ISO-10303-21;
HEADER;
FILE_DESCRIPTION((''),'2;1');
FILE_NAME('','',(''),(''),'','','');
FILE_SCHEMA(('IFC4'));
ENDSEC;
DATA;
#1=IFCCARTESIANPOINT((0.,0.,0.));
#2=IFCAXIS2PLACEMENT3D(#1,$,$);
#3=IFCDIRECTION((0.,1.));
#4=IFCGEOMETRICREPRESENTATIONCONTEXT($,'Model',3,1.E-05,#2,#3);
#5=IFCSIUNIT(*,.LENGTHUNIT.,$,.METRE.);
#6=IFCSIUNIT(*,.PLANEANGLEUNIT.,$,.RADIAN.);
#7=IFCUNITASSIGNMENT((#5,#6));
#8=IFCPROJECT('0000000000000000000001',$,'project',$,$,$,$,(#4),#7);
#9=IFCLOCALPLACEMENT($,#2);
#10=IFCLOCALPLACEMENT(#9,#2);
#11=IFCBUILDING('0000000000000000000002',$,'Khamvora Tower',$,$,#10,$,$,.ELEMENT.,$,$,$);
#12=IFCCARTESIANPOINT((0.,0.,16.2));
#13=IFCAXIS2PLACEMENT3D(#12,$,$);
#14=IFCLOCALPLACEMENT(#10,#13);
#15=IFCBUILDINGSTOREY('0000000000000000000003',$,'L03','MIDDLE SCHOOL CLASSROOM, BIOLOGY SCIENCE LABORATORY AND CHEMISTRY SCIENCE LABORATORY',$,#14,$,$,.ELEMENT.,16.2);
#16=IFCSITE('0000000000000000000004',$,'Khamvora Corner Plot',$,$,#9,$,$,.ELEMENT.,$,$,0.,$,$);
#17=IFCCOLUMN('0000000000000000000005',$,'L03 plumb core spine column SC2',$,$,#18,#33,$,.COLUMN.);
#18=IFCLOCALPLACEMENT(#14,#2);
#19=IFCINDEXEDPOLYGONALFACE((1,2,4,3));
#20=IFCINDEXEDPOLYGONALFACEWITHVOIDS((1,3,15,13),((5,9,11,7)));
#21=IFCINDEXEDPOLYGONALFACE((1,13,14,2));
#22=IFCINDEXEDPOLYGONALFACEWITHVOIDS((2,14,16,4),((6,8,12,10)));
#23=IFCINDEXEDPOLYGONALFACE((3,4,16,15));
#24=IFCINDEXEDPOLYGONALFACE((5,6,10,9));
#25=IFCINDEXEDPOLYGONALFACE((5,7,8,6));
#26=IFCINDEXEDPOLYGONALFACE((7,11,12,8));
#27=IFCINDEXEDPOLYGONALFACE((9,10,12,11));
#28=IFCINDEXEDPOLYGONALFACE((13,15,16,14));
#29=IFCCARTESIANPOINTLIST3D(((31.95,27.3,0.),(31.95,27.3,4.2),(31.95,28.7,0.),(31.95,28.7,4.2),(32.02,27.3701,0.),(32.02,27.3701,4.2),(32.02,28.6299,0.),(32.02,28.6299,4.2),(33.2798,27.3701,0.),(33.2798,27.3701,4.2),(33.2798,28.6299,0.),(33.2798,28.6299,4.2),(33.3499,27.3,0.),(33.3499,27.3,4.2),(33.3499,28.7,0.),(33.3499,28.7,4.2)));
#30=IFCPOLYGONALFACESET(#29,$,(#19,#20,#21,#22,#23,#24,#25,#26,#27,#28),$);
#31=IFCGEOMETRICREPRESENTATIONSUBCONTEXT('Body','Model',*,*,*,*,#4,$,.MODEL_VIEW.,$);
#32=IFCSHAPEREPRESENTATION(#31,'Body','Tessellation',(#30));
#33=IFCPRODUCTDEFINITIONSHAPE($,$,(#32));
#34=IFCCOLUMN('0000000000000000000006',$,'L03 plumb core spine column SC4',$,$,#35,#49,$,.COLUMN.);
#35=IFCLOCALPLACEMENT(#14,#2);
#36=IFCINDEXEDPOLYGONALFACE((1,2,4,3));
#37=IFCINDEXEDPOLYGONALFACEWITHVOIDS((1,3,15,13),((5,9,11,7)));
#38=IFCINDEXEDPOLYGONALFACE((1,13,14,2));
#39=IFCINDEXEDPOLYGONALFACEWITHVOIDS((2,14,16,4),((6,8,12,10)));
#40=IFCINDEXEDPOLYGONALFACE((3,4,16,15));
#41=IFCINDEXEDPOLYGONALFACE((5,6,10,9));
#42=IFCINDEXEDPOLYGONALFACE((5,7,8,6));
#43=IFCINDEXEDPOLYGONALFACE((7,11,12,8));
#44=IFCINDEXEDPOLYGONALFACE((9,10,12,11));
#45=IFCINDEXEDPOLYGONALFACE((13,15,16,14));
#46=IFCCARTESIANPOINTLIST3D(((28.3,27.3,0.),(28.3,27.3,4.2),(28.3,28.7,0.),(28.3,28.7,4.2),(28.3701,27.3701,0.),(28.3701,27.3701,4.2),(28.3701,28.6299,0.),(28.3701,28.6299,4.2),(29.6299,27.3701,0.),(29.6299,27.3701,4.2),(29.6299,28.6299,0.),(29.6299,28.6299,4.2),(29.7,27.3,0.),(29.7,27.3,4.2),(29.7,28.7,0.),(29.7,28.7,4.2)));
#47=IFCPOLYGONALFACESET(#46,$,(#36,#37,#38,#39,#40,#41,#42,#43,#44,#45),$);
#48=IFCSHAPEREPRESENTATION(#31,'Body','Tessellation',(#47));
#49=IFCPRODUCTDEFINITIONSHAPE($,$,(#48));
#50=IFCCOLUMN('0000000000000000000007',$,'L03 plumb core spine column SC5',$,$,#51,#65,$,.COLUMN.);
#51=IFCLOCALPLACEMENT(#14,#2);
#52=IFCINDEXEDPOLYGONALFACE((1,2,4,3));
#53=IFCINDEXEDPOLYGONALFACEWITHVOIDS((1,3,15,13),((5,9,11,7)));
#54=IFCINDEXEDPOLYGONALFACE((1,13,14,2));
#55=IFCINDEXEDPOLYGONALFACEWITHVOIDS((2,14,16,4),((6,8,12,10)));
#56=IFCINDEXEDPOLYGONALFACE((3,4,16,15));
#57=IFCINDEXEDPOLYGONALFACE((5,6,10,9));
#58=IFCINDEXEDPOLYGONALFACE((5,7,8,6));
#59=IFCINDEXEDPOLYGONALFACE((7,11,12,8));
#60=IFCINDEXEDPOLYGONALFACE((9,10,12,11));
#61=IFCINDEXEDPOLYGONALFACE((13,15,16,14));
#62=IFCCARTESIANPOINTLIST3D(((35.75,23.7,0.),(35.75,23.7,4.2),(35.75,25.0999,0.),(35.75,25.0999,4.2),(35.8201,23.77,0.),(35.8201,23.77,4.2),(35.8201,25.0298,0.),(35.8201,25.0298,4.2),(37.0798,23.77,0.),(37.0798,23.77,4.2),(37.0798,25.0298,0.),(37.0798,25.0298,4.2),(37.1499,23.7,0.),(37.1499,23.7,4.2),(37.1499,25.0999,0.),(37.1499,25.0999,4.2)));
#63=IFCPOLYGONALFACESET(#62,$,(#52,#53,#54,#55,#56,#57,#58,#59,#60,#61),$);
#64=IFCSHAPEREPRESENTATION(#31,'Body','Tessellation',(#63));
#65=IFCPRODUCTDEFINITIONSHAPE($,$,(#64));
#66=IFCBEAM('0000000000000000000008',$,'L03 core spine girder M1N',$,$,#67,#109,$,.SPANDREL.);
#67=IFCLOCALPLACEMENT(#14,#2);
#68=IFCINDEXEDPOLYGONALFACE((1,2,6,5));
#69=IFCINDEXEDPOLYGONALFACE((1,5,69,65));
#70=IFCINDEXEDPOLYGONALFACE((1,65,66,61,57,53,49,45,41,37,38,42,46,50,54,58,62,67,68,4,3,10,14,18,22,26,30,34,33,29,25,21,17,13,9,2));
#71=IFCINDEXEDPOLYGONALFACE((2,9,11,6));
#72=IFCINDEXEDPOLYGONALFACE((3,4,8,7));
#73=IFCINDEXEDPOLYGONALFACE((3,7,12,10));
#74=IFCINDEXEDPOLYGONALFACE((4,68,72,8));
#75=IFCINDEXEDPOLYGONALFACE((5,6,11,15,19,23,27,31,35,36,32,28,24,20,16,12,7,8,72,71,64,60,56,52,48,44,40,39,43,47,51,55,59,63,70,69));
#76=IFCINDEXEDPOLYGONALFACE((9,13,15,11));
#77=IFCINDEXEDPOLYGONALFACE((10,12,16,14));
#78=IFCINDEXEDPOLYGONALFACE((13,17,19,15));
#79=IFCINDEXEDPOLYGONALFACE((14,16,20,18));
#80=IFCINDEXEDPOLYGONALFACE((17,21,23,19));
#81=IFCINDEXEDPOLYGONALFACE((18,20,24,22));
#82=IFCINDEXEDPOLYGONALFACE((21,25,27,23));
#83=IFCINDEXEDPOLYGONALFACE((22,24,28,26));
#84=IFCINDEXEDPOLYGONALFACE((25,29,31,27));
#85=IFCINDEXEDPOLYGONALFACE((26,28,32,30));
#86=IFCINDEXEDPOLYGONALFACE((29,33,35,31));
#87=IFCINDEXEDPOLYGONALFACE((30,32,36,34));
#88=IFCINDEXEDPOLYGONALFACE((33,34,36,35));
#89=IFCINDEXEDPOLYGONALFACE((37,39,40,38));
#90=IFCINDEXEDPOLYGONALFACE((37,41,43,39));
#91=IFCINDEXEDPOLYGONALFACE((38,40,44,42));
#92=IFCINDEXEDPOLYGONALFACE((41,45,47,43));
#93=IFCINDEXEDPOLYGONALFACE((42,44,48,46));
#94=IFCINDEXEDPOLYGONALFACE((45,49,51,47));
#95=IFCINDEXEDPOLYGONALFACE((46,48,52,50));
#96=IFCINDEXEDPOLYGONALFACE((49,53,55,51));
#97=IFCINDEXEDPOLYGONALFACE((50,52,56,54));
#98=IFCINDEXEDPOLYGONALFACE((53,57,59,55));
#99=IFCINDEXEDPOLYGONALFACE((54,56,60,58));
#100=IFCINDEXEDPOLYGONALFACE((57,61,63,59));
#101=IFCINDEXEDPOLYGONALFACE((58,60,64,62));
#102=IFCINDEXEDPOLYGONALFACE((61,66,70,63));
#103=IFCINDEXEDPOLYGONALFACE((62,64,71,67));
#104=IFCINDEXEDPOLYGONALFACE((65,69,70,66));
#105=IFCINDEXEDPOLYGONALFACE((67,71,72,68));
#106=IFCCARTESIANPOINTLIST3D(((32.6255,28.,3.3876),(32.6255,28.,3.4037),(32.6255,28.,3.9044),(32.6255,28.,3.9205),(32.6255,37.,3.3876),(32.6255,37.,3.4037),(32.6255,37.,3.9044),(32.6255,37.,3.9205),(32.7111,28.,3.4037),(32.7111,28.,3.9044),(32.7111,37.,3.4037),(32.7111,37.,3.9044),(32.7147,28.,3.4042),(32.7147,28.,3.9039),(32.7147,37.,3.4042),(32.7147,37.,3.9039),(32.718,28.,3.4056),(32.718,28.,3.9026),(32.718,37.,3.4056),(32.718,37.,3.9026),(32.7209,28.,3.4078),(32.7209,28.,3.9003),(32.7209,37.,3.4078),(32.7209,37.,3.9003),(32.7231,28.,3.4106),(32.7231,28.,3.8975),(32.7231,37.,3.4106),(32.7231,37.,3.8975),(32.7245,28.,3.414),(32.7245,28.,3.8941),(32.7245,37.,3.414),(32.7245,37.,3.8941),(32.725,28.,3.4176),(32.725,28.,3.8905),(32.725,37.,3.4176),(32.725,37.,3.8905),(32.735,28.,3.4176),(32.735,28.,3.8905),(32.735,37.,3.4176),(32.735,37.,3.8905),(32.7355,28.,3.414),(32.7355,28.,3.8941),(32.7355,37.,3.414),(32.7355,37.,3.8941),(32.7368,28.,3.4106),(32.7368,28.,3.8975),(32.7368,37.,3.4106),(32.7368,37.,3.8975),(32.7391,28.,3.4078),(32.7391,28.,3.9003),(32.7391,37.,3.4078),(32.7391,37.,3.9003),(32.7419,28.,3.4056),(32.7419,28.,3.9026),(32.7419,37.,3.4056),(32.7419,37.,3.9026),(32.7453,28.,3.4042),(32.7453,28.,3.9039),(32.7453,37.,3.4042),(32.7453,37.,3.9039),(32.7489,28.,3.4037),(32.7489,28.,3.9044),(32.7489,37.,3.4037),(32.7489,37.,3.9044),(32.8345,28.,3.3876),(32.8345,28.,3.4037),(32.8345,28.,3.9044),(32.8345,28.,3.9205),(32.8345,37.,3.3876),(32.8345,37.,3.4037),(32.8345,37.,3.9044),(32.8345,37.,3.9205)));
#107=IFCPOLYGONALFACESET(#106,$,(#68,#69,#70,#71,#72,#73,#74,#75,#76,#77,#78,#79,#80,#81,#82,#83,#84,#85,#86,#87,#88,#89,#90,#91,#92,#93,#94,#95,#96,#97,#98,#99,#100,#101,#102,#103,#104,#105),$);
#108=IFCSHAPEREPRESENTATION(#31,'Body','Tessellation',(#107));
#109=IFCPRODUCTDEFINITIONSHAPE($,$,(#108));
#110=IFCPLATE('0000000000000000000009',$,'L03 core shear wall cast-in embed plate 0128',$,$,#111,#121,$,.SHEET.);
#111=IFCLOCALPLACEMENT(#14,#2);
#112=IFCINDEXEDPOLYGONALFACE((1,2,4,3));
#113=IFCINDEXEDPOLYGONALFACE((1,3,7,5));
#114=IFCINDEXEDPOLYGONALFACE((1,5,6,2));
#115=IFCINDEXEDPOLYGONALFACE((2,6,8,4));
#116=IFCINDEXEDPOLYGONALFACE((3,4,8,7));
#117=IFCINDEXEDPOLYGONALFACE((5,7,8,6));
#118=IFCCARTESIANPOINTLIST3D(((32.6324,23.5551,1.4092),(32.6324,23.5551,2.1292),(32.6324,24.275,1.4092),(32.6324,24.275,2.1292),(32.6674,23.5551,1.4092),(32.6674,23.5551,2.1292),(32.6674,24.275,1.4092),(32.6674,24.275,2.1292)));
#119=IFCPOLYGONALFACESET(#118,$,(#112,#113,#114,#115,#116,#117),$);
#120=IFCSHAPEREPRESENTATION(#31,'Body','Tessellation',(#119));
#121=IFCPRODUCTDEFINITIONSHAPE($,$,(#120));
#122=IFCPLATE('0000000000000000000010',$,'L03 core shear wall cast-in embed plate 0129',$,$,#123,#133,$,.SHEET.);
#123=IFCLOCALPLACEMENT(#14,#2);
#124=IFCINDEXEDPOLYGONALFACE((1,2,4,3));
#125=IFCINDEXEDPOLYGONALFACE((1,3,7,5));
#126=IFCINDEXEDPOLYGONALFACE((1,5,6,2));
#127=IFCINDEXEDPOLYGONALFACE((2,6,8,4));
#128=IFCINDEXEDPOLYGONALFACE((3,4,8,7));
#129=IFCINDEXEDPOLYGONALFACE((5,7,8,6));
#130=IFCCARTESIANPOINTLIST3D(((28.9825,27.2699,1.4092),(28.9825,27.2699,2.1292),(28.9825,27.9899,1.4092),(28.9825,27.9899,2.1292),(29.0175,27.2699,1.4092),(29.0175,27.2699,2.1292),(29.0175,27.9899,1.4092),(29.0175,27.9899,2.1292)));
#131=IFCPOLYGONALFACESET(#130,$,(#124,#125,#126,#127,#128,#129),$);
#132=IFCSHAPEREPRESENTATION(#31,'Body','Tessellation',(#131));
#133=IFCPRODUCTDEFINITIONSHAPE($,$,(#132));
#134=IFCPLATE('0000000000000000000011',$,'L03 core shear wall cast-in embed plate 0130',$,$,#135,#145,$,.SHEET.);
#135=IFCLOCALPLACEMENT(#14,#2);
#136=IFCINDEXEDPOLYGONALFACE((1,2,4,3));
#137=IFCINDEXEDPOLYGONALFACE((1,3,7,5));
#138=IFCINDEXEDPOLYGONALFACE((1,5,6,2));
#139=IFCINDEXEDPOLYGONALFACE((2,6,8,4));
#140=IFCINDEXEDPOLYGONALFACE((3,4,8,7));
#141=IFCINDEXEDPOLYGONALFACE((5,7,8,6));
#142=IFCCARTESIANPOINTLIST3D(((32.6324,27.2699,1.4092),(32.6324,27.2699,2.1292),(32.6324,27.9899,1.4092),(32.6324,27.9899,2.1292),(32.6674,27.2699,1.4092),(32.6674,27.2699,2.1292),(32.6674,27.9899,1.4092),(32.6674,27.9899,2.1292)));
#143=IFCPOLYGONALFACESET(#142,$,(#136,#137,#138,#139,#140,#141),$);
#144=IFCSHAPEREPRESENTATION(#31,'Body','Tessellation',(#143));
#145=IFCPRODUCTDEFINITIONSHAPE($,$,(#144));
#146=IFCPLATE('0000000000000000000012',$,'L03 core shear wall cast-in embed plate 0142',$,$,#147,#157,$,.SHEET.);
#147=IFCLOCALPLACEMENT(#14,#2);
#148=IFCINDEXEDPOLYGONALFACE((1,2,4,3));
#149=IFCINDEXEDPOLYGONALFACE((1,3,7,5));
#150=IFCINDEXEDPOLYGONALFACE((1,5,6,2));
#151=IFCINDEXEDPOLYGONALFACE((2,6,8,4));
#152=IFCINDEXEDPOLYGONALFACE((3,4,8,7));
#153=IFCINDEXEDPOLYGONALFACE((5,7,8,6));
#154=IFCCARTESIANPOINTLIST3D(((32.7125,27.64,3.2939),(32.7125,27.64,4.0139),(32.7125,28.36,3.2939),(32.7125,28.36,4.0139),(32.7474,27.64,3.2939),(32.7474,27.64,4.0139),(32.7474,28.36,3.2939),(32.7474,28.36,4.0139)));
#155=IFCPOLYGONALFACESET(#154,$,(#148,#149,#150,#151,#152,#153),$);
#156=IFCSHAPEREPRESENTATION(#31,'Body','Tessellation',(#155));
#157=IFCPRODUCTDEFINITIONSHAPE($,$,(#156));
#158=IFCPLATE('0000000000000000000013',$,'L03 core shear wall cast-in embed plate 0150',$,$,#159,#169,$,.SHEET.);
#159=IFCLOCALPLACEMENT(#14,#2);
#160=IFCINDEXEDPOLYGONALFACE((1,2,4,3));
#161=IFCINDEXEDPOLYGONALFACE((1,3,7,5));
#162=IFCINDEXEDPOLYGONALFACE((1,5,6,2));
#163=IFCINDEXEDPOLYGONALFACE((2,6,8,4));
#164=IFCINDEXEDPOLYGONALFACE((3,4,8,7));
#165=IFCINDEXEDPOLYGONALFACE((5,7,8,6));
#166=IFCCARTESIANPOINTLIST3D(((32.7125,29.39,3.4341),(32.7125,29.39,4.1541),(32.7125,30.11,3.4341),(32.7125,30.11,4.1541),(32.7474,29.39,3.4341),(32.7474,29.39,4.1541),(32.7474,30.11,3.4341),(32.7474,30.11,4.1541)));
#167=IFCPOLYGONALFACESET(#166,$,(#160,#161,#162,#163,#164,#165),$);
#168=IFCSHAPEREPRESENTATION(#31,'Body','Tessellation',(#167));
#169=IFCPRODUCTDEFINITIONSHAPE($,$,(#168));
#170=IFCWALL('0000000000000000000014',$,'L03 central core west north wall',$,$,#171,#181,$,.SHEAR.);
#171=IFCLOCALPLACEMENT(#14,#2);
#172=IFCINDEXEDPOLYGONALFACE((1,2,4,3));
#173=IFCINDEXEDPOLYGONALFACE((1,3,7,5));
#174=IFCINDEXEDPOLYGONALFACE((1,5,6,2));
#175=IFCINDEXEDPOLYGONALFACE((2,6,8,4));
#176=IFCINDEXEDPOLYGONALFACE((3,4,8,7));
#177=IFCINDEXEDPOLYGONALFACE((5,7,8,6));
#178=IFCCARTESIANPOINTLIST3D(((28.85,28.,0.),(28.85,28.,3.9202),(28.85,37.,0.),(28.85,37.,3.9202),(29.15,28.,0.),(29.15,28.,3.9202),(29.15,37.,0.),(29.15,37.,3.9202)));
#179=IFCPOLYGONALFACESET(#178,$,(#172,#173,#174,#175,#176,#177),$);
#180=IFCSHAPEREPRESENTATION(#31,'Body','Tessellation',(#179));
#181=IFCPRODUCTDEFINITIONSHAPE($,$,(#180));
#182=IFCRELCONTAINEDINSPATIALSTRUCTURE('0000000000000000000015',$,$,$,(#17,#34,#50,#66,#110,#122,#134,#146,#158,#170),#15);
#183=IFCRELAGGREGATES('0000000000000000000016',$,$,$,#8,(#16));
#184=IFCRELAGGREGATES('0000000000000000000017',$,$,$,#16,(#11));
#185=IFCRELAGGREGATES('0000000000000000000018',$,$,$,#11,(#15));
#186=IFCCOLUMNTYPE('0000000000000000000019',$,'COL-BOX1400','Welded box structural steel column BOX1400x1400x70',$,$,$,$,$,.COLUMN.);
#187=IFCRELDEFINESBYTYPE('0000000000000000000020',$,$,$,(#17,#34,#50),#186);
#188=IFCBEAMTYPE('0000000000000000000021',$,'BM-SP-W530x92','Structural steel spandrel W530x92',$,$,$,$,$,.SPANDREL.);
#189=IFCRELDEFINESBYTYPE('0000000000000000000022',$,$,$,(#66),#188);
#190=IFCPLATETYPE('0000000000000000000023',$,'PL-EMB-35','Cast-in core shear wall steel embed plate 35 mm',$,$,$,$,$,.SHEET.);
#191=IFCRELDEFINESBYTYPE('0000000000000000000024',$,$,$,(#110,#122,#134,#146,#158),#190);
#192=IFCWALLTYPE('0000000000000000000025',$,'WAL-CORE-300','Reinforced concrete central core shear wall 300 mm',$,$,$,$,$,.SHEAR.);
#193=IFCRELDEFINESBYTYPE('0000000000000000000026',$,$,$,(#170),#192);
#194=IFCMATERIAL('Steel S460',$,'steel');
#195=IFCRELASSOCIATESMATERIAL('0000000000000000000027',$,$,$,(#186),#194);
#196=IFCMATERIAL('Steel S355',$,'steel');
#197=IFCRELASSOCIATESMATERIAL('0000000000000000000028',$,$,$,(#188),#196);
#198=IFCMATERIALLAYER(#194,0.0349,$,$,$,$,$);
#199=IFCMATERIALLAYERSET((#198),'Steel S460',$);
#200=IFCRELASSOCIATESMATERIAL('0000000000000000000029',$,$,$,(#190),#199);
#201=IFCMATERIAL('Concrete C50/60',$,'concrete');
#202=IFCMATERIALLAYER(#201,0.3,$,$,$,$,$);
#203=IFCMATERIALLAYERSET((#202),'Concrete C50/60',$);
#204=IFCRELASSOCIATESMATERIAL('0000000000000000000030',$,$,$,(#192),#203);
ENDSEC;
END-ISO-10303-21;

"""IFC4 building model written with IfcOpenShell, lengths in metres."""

from ifc_helpers import new_model, si_unit, direction, frame, frame_2d, origin, origin_2d, place, context, subcontext, project, spatial, rectangle, hollow_rectangle, i_section, extrude, material, layer, layer_set, material_profile, profile_set, type_object, element, save


model = new_model("IFC4")

# Units and contexts
model_context = context("Model", 3, precision=1e-05, world=origin(), true_north=direction((0.0, 1.0)))
body_context = subcontext(model_context, "Body", "Model", "MODEL_VIEW")
ifc_project = project(units=[si_unit("LENGTHUNIT", "METRE"), si_unit("PLANEANGLEUNIT", "RADIAN")], contexts=[model_context])

# Site, building, storey
site_placement = place(None, origin())
site = spatial("IfcSite", under=ifc_project, at=site_placement, Name="Khamvora Corner Plot", CompositionType="ELEMENT", RefElevation=0.0)
building_placement = place(site_placement, origin())
building = spatial("IfcBuilding", under=site, at=building_placement, Name="Khamvora Tower", CompositionType="ELEMENT")
storey_placement = place(building_placement, frame((0.0, 0.0, 16.2)))
storey = spatial("IfcBuildingStorey", under=building, at=storey_placement, Name="L03", Description="MIDDLE SCHOOL CLASSROOM, BIOLOGY SCIENCE LABORATORY AND CHEMISTRY SCIENCE LABORATORY", CompositionType="ELEMENT", Elevation=16.2)

# Columns
ifc_material_1 = material(Name="Steel S460", Category="steel")
ifc_material_profile_1 = material_profile(ifc_material_1, hollow_rectangle(XDim=1.3999, YDim=1.3999, WallThickness=0.0701, at=origin_2d()), Name="BOX1400x1400x70")
ifc_profile_set_1 = profile_set([ifc_material_profile_1], Name="Steel S460")
column_type = type_object("IfcColumnType", Name="COL-BOX1400", Description="Welded box structural steel column BOX1400x1400x70", PredefinedType="COLUMN", material=ifc_profile_set_1)
for number, where, z_axis, x_axis, name in (
    (1, (32.6499, 28.0, 0.0), (0.0, 0.0, 1.0), (1.0, 0.0, 0.0), "L03 plumb core spine column SC2"),
    (2, (29.0, 28.0, 0.0), (0.0, 0.0, 1.0), (1.0, 0.0, 0.0), "L03 plumb core spine column SC4"),
    (3, (36.45, 24.3999, 0.0), (0.0, 0.0, 1.0), (1.0, 0.0, 0.0), "L03 plumb core spine column SC5"),
):
    element("IfcColumn", number, at=place(storey_placement, frame(where, z_axis=z_axis, x_axis=x_axis)), inside=storey, type_object=column_type, Name=name, PredefinedType="COLUMN", context=body_context, shape_type="SweptSolid", body=[
        extrude(hollow_rectangle(XDim=1.3999, YDim=1.3999, WallThickness=0.0701, at=origin_2d()), origin(), (0.0, 0.0, 1.0), 4.2),
    ])

# Beam
ifc_material_2 = material(Name="Steel S355", Category="steel")
ifc_material_profile_2 = material_profile(ifc_material_2, i_section(OverallWidth=0.209, OverallDepth=0.533, WebThickness=0.01, FlangeThickness=0.0161, FilletRadius=0.0139, at=origin_2d()), Name="W530x92")
ifc_profile_set_2 = profile_set([ifc_material_profile_2], Name="Steel S355")
beam_type = type_object("IfcBeamType", Name="BM-SP-W530x92", Description="Structural steel spandrel W530x92", PredefinedType="SPANDREL", material=ifc_profile_set_2)
beam_placement = place(storey_placement, frame((32.73, 28.0, 3.6541), z_axis=(0.0, 1.0, 0.0), x_axis=(-1.0, 0.0, 0.0)))
element("IfcBeam", 4, at=beam_placement, inside=storey, type_object=beam_type, Name="L03 core spine girder M1N", PredefinedType="SPANDREL", context=body_context, shape_type="SweptSolid", body=[
    extrude(i_section(OverallWidth=0.209, OverallDepth=0.533, WebThickness=0.01, FlangeThickness=0.0161, FilletRadius=0.0139, at=origin_2d()), origin(), (0.0, 0.0, 1.0), 9.0),
])

# Plates
ifc_layer_1 = layer(ifc_material_1, 0.0349)
ifc_layer_set_1 = layer_set([ifc_layer_1], Name="Steel S460")
plate_type = type_object("IfcPlateType", Name="PL-EMB-35", Description="Cast-in core shear wall steel embed plate 35 mm", PredefinedType="SHEET", material=ifc_layer_set_1)
for number, where, z_axis, x_axis, name in (
    (5, (32.6499, 23.915, 1.4092), (0.0, 0.0, 1.0), (1.0, 0.0, 0.0), "L03 core shear wall cast-in embed plate 0128"),
    (6, (29.0, 27.6299, 1.4092), (0.0, 0.0, 1.0), (1.0, 0.0, 0.0), "L03 core shear wall cast-in embed plate 0129"),
    (7, (32.6499, 27.6299, 1.4092), (0.0, 0.0, 1.0), (1.0, 0.0, 0.0), "L03 core shear wall cast-in embed plate 0130"),
    (8, (32.73, 28.0, 3.2939), (0.0, 0.0, 1.0), (1.0, 0.0, 0.0), "L03 core shear wall cast-in embed plate 0142"),
    (9, (32.73, 29.75, 3.4341), (0.0, 0.0, 1.0), (1.0, 0.0, 0.0), "L03 core shear wall cast-in embed plate 0150"),
):
    element("IfcPlate", number, at=place(storey_placement, frame(where, z_axis=z_axis, x_axis=x_axis)), inside=storey, type_object=plate_type, Name=name, PredefinedType="SHEET", context=body_context, shape_type="SweptSolid", body=[
        extrude(rectangle(XDim=0.0349, YDim=0.72, at=origin_2d()), origin(), (0.0, 0.0, 1.0), 0.72),
    ])

# Wall
ifc_material_3 = material(Name="Concrete C50/60", Category="concrete")
ifc_layer_2 = layer(ifc_material_3, 0.3)
ifc_layer_set_2 = layer_set([ifc_layer_2], Name="Concrete C50/60")
wall_type_1 = type_object("IfcWallType", Name="WAL-CORE-300", Description="Reinforced concrete central core shear wall 300 mm", PredefinedType="SHEAR", material=ifc_layer_set_2)
wall_1_placement = place(storey_placement, frame((29.0, 28.0, 0.0), z_axis=(0.0, 0.0, 1.0), x_axis=(0.0, 1.0, 0.0)))
element("IfcWall", 10, at=wall_1_placement, inside=storey, type_object=wall_type_1, Name="L03 central core west north wall", PredefinedType="SHEAR", context=body_context, shape_type="SweptSolid", body=[
    extrude(rectangle(XDim=9.0, YDim=0.3, at=frame_2d((4.5, 0.0))), origin(), (0.0, 0.0, 1.0), 3.9202),
])

save(model, "model.ifc")
